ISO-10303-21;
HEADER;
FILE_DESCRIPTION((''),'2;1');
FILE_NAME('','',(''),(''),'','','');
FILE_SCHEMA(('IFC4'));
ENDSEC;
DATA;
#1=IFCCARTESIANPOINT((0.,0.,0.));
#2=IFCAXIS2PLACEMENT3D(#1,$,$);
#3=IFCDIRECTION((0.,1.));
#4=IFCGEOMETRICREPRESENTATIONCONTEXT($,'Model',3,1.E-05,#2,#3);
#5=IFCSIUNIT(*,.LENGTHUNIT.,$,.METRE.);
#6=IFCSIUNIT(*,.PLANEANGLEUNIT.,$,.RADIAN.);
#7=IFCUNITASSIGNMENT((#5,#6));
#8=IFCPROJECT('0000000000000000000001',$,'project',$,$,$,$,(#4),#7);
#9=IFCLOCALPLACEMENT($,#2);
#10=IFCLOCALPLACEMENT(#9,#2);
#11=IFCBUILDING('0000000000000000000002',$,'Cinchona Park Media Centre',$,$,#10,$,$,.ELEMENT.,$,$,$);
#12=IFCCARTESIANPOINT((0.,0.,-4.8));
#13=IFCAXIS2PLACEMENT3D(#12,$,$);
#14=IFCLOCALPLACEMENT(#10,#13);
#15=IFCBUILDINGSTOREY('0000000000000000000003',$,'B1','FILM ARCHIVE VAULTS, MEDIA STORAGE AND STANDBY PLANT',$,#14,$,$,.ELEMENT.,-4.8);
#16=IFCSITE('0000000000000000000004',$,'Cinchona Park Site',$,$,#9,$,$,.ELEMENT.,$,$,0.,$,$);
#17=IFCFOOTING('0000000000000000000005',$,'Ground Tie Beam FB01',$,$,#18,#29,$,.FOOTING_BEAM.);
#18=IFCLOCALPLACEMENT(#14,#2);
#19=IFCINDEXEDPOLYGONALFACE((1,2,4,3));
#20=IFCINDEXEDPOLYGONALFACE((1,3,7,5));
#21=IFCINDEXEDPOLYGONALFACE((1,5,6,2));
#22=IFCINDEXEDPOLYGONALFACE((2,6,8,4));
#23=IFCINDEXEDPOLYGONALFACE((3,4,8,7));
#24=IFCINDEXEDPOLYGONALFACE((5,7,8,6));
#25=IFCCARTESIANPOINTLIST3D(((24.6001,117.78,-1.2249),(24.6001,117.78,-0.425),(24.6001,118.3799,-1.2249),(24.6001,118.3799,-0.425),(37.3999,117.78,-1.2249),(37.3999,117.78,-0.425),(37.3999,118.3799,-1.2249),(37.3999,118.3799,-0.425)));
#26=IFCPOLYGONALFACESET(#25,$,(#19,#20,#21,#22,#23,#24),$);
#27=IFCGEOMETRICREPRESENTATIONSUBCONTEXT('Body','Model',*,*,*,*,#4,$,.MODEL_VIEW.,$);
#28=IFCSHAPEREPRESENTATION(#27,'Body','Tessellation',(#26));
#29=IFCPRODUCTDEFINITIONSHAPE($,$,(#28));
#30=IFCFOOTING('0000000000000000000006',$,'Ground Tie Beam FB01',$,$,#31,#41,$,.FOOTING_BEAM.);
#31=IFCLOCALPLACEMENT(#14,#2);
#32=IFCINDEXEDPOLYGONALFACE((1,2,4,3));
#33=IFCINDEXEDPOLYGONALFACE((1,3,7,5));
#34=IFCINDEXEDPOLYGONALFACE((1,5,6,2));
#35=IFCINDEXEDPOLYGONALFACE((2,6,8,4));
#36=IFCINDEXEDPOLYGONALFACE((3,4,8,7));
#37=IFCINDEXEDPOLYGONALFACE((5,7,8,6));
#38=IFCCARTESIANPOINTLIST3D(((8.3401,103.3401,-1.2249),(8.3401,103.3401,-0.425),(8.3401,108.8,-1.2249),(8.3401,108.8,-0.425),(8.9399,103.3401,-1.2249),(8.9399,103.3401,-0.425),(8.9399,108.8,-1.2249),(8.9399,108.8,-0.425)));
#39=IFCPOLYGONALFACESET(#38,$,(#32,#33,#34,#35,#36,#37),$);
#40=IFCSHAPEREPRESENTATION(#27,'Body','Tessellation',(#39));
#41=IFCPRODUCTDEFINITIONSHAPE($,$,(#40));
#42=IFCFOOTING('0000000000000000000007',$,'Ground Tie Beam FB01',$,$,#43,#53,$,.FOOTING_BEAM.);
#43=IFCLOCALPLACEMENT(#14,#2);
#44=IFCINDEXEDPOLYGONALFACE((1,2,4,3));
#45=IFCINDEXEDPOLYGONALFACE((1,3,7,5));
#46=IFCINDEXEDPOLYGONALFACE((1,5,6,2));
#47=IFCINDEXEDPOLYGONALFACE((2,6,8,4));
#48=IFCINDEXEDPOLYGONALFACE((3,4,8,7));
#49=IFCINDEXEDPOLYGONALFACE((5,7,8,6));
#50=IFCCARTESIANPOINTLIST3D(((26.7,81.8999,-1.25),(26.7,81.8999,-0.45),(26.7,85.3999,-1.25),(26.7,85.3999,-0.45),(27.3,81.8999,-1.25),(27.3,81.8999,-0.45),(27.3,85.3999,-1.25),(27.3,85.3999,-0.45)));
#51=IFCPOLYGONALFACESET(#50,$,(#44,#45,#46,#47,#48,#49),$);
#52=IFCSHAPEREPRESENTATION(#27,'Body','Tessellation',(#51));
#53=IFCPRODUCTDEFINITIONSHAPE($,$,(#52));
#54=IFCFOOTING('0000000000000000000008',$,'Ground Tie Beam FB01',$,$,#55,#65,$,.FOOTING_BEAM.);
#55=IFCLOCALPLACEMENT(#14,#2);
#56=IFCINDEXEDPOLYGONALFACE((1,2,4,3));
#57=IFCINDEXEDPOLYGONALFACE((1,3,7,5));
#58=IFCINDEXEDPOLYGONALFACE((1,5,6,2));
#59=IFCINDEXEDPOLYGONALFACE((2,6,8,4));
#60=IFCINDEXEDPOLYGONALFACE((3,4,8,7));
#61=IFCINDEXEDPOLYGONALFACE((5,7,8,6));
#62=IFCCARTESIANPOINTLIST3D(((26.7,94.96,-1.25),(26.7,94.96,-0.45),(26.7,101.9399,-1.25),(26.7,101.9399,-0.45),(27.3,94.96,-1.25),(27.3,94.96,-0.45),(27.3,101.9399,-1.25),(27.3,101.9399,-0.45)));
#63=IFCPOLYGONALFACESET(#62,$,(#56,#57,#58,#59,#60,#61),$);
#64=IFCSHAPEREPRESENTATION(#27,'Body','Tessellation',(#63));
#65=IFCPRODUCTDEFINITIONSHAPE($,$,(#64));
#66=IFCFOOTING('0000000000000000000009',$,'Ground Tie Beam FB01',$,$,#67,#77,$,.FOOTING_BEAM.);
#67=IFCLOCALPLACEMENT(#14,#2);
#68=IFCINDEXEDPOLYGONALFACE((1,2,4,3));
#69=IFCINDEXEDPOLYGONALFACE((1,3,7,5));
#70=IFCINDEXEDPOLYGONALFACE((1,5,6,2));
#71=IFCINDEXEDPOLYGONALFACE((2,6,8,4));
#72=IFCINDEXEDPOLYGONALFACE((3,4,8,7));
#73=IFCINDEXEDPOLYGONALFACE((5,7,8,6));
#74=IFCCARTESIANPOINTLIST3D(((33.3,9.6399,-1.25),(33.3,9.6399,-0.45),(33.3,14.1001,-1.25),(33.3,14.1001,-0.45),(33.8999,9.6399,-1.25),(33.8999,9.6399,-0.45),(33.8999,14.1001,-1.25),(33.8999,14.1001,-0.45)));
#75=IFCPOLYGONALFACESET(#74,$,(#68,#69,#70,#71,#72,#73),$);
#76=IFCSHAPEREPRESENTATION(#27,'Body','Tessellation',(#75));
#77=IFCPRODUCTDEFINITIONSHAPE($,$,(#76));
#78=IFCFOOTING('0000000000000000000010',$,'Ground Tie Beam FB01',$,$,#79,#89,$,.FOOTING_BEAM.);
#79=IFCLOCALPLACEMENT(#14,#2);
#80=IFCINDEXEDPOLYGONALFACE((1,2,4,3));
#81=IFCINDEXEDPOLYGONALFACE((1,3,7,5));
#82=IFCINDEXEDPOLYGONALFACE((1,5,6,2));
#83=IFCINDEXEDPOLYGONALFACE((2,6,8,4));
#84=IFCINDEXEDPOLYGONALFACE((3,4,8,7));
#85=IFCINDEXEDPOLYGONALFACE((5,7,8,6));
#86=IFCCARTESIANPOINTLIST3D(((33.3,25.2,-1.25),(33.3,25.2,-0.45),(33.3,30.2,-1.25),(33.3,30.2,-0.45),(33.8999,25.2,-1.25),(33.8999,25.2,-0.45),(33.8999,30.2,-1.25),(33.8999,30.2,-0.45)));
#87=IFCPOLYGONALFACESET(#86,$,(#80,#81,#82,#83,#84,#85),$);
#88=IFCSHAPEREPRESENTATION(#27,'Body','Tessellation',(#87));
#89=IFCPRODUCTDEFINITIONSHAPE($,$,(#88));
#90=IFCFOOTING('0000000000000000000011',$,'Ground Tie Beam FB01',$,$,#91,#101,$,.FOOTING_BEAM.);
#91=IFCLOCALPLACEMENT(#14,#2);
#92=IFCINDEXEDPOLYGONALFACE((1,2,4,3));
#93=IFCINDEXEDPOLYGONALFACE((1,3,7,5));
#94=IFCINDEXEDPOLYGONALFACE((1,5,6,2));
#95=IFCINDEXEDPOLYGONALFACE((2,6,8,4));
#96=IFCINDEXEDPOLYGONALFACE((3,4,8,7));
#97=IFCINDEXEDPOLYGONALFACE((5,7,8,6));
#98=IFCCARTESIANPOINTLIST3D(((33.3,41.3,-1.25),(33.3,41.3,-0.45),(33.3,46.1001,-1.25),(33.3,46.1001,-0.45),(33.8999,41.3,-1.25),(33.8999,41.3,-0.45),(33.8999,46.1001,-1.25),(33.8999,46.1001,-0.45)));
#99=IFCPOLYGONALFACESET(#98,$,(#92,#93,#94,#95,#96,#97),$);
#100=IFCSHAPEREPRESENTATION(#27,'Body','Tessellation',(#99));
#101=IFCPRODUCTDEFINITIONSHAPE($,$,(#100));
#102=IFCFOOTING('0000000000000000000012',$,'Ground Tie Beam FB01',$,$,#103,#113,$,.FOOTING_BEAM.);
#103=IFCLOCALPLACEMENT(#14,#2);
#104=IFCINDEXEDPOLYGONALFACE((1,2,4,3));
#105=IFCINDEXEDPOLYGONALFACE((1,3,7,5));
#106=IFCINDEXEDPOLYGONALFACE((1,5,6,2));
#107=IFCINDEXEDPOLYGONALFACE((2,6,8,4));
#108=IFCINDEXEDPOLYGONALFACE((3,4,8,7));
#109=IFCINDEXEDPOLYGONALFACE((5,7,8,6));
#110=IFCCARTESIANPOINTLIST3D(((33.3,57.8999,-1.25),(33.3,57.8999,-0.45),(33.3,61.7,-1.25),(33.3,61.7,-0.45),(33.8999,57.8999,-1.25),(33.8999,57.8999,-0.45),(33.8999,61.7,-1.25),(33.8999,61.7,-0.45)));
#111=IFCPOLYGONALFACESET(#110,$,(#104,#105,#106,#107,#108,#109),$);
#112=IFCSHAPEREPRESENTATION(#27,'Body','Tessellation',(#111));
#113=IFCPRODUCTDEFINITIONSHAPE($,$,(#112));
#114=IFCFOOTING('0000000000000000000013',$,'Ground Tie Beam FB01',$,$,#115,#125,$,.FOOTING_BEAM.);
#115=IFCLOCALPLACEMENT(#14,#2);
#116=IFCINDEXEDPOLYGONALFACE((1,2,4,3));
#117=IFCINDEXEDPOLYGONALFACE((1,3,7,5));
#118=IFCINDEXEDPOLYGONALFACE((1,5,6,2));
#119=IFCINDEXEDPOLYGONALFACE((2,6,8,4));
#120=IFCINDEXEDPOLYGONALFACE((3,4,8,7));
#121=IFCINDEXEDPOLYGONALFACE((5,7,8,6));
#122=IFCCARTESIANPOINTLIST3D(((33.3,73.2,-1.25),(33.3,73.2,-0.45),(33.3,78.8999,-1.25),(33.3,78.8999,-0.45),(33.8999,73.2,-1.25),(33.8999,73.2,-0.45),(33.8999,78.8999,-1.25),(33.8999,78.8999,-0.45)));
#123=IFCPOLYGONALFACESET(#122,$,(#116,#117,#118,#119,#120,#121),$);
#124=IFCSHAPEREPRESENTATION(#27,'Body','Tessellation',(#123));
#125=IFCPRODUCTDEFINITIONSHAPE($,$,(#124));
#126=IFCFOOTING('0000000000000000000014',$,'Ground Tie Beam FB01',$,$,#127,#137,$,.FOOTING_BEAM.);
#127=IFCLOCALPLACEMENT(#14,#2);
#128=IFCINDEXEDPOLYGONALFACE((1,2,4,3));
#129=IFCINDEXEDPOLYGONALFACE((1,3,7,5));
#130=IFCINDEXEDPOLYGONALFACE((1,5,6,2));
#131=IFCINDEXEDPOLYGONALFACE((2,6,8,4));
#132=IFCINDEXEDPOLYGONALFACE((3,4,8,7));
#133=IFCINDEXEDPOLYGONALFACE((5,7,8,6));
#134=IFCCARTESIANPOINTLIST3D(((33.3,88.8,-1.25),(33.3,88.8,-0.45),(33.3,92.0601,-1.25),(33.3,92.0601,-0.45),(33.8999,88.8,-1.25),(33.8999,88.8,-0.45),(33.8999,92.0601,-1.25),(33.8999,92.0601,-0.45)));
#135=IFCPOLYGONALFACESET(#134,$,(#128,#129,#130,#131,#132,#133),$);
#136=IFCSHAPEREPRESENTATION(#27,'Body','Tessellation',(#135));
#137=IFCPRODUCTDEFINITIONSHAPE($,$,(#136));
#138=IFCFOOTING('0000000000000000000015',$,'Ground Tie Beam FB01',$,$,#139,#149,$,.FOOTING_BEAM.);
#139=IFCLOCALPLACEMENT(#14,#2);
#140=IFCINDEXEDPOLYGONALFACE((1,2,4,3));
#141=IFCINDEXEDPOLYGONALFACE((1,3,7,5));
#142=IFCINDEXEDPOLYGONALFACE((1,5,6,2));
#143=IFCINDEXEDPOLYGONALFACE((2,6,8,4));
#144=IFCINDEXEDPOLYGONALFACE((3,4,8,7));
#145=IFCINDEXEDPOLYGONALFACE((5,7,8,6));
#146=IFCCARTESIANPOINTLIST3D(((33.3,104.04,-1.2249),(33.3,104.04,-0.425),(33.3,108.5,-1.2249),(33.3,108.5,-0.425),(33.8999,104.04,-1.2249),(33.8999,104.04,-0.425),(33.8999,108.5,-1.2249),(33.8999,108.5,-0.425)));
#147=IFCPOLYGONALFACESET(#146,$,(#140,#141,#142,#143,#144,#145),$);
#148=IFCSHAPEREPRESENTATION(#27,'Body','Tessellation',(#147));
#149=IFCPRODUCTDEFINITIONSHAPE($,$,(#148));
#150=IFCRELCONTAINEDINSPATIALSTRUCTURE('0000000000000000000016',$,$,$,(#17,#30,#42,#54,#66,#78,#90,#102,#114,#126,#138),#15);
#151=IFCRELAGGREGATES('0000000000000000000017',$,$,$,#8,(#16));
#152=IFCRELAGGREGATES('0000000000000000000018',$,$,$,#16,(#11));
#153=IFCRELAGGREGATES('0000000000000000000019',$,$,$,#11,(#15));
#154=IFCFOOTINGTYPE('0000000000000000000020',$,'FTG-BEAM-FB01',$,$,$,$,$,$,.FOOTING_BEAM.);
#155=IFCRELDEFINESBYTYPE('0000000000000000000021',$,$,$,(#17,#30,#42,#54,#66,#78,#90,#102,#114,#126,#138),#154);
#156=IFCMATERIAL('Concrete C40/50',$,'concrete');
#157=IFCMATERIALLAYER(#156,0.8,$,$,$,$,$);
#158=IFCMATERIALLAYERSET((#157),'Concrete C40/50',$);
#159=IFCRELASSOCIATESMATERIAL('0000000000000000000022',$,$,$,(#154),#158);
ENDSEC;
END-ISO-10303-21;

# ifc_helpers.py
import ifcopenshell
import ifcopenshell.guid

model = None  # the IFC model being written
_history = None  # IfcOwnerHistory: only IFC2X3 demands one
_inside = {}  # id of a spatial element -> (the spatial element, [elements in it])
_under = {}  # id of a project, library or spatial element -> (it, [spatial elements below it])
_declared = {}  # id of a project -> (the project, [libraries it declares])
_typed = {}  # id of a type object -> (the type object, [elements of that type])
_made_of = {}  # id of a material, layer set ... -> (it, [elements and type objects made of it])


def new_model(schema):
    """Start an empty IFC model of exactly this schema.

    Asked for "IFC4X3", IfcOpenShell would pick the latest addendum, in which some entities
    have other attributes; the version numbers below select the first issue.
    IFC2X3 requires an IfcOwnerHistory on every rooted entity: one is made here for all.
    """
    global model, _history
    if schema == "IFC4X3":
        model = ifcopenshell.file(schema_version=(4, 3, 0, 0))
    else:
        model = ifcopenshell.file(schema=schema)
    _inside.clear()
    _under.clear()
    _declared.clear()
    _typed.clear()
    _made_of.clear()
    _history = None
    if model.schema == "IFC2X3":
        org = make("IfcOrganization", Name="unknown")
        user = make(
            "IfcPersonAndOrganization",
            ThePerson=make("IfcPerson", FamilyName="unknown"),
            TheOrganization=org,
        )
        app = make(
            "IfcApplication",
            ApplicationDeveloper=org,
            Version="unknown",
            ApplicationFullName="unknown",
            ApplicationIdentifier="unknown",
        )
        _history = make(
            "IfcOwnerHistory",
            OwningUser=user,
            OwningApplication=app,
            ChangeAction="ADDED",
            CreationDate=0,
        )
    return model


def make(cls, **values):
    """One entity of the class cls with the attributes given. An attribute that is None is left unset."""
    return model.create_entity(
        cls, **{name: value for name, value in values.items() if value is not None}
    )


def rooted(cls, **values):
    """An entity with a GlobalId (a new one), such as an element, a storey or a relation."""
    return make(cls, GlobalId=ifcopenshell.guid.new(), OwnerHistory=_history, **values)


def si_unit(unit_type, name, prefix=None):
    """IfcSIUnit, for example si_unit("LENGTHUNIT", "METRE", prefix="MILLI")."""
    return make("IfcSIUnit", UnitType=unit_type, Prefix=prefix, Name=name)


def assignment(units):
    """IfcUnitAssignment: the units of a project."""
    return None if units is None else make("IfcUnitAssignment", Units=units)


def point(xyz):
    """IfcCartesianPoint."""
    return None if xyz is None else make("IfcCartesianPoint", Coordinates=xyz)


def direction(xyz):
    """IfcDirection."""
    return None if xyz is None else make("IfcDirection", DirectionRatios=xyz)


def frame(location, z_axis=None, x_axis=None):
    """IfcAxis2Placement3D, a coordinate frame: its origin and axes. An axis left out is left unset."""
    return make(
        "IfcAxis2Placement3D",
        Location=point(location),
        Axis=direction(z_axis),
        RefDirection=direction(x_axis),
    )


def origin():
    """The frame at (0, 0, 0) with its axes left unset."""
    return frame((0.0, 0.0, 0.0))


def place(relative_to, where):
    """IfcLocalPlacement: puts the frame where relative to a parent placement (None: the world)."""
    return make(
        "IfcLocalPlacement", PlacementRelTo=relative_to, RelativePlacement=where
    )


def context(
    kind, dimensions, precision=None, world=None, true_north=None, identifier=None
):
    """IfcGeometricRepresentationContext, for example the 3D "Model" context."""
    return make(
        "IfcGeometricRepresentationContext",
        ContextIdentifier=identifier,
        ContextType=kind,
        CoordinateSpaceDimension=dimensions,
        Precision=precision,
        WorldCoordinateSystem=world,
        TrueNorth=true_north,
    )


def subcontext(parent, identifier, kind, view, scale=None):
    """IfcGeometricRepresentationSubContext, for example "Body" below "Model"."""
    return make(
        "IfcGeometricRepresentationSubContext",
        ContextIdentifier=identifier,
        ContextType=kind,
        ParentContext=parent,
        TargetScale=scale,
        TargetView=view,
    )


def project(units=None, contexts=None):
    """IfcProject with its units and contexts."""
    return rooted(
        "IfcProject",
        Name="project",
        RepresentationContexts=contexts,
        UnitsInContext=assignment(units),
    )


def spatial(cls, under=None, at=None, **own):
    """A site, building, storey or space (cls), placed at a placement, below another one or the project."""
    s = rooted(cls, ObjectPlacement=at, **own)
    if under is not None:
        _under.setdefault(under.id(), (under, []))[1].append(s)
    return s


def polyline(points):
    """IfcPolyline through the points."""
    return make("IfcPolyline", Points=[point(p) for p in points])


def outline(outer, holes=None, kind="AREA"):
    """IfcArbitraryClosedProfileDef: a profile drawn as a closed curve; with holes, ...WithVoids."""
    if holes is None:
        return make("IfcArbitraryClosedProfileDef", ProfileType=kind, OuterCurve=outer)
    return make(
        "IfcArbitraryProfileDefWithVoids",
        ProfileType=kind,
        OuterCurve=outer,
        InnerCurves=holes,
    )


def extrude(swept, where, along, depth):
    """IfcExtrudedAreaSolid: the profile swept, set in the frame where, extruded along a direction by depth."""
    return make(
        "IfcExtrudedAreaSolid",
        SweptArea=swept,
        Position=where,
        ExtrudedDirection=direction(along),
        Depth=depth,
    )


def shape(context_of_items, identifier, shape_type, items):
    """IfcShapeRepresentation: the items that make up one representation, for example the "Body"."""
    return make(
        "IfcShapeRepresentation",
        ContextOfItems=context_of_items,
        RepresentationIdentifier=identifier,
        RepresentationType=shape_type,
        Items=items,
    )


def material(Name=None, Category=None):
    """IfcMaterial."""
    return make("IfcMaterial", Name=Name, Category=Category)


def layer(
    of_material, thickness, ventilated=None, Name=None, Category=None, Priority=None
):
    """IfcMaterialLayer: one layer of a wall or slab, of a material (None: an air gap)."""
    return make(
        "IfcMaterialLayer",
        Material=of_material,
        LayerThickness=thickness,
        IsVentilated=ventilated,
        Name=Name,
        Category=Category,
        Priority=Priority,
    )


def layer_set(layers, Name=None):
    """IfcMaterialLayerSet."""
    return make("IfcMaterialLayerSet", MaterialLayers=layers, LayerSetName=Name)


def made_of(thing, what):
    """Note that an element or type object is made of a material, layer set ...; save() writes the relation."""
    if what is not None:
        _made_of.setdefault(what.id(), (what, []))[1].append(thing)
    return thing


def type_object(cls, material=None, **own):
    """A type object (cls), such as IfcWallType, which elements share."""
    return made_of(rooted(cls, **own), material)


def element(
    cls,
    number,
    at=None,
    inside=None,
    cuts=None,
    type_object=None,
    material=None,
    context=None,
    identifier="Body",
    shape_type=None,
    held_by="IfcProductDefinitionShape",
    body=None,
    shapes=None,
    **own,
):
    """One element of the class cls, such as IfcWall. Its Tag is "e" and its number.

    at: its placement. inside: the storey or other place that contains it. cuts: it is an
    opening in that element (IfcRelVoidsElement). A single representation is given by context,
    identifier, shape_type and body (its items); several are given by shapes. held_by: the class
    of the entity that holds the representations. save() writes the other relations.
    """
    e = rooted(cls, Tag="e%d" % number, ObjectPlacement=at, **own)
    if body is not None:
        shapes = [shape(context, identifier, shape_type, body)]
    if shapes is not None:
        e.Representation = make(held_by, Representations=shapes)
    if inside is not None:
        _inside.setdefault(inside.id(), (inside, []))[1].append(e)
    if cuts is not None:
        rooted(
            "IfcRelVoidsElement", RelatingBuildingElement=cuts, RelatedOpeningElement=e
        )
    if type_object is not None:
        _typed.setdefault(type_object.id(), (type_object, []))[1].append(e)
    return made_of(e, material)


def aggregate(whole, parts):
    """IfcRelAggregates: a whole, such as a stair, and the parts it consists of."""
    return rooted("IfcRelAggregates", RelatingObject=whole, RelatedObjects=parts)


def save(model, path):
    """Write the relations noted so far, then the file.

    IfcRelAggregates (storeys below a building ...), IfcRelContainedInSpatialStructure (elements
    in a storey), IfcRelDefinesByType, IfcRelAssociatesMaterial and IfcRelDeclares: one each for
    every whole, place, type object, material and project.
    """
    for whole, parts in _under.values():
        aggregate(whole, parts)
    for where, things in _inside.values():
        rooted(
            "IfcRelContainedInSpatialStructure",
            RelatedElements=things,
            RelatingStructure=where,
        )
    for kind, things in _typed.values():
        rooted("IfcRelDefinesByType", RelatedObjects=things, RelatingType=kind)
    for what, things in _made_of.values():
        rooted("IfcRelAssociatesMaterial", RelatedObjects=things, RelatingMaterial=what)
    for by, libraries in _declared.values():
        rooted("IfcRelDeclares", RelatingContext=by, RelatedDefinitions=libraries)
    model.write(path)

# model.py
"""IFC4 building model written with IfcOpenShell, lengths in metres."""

from ifc_helpers import new_model, si_unit, direction, frame, origin, place, context, subcontext, project, spatial, polyline, outline, extrude, material, layer, layer_set, type_object, element, save


model = new_model("IFC4")

# Units and contexts
model_context = context("Model", 3, precision=1e-05, world=origin(), true_north=direction((0.0, 1.0)))
body_context = subcontext(model_context, "Body", "Model", "MODEL_VIEW")
ifc_project = project(units=[si_unit("LENGTHUNIT", "METRE"), si_unit("PLANEANGLEUNIT", "RADIAN")], contexts=[model_context])

# Site, building, storey
site_placement = place(None, origin())
site = spatial("IfcSite", under=ifc_project, at=site_placement, Name="Cinchona Park Site", CompositionType="ELEMENT", RefElevation=0.0)
building_placement = place(site_placement, origin())
building = spatial("IfcBuilding", under=site, at=building_placement, Name="Cinchona Park Media Centre", CompositionType="ELEMENT")
storey_placement = place(building_placement, frame((0.0, 0.0, -4.8)))
storey = spatial("IfcBuildingStorey", under=building, at=storey_placement, Name="B1", Description="FILM ARCHIVE VAULTS, MEDIA STORAGE AND STANDBY PLANT", CompositionType="ELEMENT", Elevation=-4.8)

# Footings
ifc_material = material(Name="Concrete C40/50", Category="concrete")
ifc_layer = layer(ifc_material, 0.8)
ifc_layer_set = layer_set([ifc_layer], Name="Concrete C40/50")
footing_type = type_object("IfcFootingType", Name="FTG-BEAM-FB01", PredefinedType="FOOTING_BEAM", material=ifc_layer_set)
footing_1_placement = place(storey_placement, frame((0.0, 0.0, -1.2249)))
element("IfcFooting", 1, at=footing_1_placement, inside=storey, type_object=footing_type, Name="Ground Tie Beam FB01", PredefinedType="FOOTING_BEAM", context=body_context, shape_type="SweptSolid", body=[
    extrude(outline(polyline([(24.6001, 117.78), (37.3999, 117.78), (37.3999, 118.3799), (24.6001, 118.3799), (24.6001, 117.78)])), origin(), (0.0, 0.0, 1.0), 0.7998),
])
footing_2_placement = place(storey_placement, frame((0.0, 0.0, -1.2249)))
element("IfcFooting", 2, at=footing_2_placement, inside=storey, type_object=footing_type, Name="Ground Tie Beam FB01", PredefinedType="FOOTING_BEAM", context=body_context, shape_type="SweptSolid", body=[
    extrude(outline(polyline([(8.3401, 103.3401), (8.9399, 103.3401), (8.9399, 108.8), (8.3401, 108.8), (8.3401, 103.3401)])), origin(), (0.0, 0.0, 1.0), 0.7998),
])
footing_3_placement = place(storey_placement, frame((0.0, 0.0, -1.25)))
element("IfcFooting", 3, at=footing_3_placement, inside=storey, type_object=footing_type, Name="Ground Tie Beam FB01", PredefinedType="FOOTING_BEAM", context=body_context, shape_type="SweptSolid", body=[
    extrude(outline(polyline([(26.7, 81.8999), (27.3, 81.8999), (27.3, 85.3999), (26.7, 85.3999), (26.7, 81.8999)])), origin(), (0.0, 0.0, 1.0), 0.8),
])
footing_4_placement = place(storey_placement, frame((0.0, 0.0, -1.25)))
element("IfcFooting", 4, at=footing_4_placement, inside=storey, type_object=footing_type, Name="Ground Tie Beam FB01", PredefinedType="FOOTING_BEAM", context=body_context, shape_type="SweptSolid", body=[
    extrude(outline(polyline([(26.7, 94.96), (27.3, 94.96), (27.3, 101.9399), (26.7, 101.9399), (26.7, 94.96)])), origin(), (0.0, 0.0, 1.0), 0.8),
])
footing_5_placement = place(storey_placement, frame((0.0, 0.0, -1.25)))
element("IfcFooting", 5, at=footing_5_placement, inside=storey, type_object=footing_type, Name="Ground Tie Beam FB01", PredefinedType="FOOTING_BEAM", context=body_context, shape_type="SweptSolid", body=[
    extrude(outline(polyline([(33.3, 9.6399), (33.8999, 9.6399), (33.8999, 14.1001), (33.3, 14.1001), (33.3, 9.6399)])), origin(), (0.0, 0.0, 1.0), 0.8),
])
footing_6_placement = place(storey_placement, frame((0.0, 0.0, -1.25)))
element("IfcFooting", 6, at=footing_6_placement, inside=storey, type_object=footing_type, Name="Ground Tie Beam FB01", PredefinedType="FOOTING_BEAM", context=body_context, shape_type="SweptSolid", body=[
    extrude(outline(polyline([(33.3, 25.2), (33.8999, 25.2), (33.8999, 30.2), (33.3, 30.2), (33.3, 25.2)])), origin(), (0.0, 0.0, 1.0), 0.8),
])
footing_7_placement = place(storey_placement, frame((0.0, 0.0, -1.25)))
element("IfcFooting", 7, at=footing_7_placement, inside=storey, type_object=footing_type, Name="Ground Tie Beam FB01", PredefinedType="FOOTING_BEAM", context=body_context, shape_type="SweptSolid", body=[
    extrude(outline(polyline([(33.3, 41.3), (33.8999, 41.3), (33.8999, 46.1001), (33.3, 46.1001), (33.3, 41.3)])), origin(), (0.0, 0.0, 1.0), 0.8),
])
footing_8_placement = place(storey_placement, frame((0.0, 0.0, -1.25)))
element("IfcFooting", 8, at=footing_8_placement, inside=storey, type_object=footing_type, Name="Ground Tie Beam FB01", PredefinedType="FOOTING_BEAM", context=body_context, shape_type="SweptSolid", body=[
    extrude(outline(polyline([(33.3, 57.8999), (33.8999, 57.8999), (33.8999, 61.7), (33.3, 61.7), (33.3, 57.8999)])), origin(), (0.0, 0.0, 1.0), 0.8),
])
footing_9_placement = place(storey_placement, frame((0.0, 0.0, -1.25)))
element("IfcFooting", 9, at=footing_9_placement, inside=storey, type_object=footing_type, Name="Ground Tie Beam FB01", PredefinedType="FOOTING_BEAM", context=body_context, shape_type="SweptSolid", body=[
    extrude(outline(polyline([(33.3, 73.2), (33.8999, 73.2), (33.8999, 78.8999), (33.3, 78.8999), (33.3, 73.2)])), origin(), (0.0, 0.0, 1.0), 0.8),
])
footing_10_placement = place(storey_placement, frame((0.0, 0.0, -1.25)))
element("IfcFooting", 10, at=footing_10_placement, inside=storey, type_object=footing_type, Name="Ground Tie Beam FB01", PredefinedType="FOOTING_BEAM", context=body_context, shape_type="SweptSolid", body=[
    extrude(outline(polyline([(33.3, 88.8), (33.8999, 88.8), (33.8999, 92.0601), (33.3, 92.0601), (33.3, 88.8)])), origin(), (0.0, 0.0, 1.0), 0.8),
])
footing_11_placement = place(storey_placement, frame((0.0, 0.0, -1.2249)))
element("IfcFooting", 11, at=footing_11_placement, inside=storey, type_object=footing_type, Name="Ground Tie Beam FB01", PredefinedType="FOOTING_BEAM", context=body_context, shape_type="SweptSolid", body=[
    extrude(outline(polyline([(33.3, 104.04), (33.8999, 104.04), (33.8999, 108.5), (33.3, 108.5), (33.3, 104.04)])), origin(), (0.0, 0.0, 1.0), 0.7998),
])

save(model, "model.ifc")
